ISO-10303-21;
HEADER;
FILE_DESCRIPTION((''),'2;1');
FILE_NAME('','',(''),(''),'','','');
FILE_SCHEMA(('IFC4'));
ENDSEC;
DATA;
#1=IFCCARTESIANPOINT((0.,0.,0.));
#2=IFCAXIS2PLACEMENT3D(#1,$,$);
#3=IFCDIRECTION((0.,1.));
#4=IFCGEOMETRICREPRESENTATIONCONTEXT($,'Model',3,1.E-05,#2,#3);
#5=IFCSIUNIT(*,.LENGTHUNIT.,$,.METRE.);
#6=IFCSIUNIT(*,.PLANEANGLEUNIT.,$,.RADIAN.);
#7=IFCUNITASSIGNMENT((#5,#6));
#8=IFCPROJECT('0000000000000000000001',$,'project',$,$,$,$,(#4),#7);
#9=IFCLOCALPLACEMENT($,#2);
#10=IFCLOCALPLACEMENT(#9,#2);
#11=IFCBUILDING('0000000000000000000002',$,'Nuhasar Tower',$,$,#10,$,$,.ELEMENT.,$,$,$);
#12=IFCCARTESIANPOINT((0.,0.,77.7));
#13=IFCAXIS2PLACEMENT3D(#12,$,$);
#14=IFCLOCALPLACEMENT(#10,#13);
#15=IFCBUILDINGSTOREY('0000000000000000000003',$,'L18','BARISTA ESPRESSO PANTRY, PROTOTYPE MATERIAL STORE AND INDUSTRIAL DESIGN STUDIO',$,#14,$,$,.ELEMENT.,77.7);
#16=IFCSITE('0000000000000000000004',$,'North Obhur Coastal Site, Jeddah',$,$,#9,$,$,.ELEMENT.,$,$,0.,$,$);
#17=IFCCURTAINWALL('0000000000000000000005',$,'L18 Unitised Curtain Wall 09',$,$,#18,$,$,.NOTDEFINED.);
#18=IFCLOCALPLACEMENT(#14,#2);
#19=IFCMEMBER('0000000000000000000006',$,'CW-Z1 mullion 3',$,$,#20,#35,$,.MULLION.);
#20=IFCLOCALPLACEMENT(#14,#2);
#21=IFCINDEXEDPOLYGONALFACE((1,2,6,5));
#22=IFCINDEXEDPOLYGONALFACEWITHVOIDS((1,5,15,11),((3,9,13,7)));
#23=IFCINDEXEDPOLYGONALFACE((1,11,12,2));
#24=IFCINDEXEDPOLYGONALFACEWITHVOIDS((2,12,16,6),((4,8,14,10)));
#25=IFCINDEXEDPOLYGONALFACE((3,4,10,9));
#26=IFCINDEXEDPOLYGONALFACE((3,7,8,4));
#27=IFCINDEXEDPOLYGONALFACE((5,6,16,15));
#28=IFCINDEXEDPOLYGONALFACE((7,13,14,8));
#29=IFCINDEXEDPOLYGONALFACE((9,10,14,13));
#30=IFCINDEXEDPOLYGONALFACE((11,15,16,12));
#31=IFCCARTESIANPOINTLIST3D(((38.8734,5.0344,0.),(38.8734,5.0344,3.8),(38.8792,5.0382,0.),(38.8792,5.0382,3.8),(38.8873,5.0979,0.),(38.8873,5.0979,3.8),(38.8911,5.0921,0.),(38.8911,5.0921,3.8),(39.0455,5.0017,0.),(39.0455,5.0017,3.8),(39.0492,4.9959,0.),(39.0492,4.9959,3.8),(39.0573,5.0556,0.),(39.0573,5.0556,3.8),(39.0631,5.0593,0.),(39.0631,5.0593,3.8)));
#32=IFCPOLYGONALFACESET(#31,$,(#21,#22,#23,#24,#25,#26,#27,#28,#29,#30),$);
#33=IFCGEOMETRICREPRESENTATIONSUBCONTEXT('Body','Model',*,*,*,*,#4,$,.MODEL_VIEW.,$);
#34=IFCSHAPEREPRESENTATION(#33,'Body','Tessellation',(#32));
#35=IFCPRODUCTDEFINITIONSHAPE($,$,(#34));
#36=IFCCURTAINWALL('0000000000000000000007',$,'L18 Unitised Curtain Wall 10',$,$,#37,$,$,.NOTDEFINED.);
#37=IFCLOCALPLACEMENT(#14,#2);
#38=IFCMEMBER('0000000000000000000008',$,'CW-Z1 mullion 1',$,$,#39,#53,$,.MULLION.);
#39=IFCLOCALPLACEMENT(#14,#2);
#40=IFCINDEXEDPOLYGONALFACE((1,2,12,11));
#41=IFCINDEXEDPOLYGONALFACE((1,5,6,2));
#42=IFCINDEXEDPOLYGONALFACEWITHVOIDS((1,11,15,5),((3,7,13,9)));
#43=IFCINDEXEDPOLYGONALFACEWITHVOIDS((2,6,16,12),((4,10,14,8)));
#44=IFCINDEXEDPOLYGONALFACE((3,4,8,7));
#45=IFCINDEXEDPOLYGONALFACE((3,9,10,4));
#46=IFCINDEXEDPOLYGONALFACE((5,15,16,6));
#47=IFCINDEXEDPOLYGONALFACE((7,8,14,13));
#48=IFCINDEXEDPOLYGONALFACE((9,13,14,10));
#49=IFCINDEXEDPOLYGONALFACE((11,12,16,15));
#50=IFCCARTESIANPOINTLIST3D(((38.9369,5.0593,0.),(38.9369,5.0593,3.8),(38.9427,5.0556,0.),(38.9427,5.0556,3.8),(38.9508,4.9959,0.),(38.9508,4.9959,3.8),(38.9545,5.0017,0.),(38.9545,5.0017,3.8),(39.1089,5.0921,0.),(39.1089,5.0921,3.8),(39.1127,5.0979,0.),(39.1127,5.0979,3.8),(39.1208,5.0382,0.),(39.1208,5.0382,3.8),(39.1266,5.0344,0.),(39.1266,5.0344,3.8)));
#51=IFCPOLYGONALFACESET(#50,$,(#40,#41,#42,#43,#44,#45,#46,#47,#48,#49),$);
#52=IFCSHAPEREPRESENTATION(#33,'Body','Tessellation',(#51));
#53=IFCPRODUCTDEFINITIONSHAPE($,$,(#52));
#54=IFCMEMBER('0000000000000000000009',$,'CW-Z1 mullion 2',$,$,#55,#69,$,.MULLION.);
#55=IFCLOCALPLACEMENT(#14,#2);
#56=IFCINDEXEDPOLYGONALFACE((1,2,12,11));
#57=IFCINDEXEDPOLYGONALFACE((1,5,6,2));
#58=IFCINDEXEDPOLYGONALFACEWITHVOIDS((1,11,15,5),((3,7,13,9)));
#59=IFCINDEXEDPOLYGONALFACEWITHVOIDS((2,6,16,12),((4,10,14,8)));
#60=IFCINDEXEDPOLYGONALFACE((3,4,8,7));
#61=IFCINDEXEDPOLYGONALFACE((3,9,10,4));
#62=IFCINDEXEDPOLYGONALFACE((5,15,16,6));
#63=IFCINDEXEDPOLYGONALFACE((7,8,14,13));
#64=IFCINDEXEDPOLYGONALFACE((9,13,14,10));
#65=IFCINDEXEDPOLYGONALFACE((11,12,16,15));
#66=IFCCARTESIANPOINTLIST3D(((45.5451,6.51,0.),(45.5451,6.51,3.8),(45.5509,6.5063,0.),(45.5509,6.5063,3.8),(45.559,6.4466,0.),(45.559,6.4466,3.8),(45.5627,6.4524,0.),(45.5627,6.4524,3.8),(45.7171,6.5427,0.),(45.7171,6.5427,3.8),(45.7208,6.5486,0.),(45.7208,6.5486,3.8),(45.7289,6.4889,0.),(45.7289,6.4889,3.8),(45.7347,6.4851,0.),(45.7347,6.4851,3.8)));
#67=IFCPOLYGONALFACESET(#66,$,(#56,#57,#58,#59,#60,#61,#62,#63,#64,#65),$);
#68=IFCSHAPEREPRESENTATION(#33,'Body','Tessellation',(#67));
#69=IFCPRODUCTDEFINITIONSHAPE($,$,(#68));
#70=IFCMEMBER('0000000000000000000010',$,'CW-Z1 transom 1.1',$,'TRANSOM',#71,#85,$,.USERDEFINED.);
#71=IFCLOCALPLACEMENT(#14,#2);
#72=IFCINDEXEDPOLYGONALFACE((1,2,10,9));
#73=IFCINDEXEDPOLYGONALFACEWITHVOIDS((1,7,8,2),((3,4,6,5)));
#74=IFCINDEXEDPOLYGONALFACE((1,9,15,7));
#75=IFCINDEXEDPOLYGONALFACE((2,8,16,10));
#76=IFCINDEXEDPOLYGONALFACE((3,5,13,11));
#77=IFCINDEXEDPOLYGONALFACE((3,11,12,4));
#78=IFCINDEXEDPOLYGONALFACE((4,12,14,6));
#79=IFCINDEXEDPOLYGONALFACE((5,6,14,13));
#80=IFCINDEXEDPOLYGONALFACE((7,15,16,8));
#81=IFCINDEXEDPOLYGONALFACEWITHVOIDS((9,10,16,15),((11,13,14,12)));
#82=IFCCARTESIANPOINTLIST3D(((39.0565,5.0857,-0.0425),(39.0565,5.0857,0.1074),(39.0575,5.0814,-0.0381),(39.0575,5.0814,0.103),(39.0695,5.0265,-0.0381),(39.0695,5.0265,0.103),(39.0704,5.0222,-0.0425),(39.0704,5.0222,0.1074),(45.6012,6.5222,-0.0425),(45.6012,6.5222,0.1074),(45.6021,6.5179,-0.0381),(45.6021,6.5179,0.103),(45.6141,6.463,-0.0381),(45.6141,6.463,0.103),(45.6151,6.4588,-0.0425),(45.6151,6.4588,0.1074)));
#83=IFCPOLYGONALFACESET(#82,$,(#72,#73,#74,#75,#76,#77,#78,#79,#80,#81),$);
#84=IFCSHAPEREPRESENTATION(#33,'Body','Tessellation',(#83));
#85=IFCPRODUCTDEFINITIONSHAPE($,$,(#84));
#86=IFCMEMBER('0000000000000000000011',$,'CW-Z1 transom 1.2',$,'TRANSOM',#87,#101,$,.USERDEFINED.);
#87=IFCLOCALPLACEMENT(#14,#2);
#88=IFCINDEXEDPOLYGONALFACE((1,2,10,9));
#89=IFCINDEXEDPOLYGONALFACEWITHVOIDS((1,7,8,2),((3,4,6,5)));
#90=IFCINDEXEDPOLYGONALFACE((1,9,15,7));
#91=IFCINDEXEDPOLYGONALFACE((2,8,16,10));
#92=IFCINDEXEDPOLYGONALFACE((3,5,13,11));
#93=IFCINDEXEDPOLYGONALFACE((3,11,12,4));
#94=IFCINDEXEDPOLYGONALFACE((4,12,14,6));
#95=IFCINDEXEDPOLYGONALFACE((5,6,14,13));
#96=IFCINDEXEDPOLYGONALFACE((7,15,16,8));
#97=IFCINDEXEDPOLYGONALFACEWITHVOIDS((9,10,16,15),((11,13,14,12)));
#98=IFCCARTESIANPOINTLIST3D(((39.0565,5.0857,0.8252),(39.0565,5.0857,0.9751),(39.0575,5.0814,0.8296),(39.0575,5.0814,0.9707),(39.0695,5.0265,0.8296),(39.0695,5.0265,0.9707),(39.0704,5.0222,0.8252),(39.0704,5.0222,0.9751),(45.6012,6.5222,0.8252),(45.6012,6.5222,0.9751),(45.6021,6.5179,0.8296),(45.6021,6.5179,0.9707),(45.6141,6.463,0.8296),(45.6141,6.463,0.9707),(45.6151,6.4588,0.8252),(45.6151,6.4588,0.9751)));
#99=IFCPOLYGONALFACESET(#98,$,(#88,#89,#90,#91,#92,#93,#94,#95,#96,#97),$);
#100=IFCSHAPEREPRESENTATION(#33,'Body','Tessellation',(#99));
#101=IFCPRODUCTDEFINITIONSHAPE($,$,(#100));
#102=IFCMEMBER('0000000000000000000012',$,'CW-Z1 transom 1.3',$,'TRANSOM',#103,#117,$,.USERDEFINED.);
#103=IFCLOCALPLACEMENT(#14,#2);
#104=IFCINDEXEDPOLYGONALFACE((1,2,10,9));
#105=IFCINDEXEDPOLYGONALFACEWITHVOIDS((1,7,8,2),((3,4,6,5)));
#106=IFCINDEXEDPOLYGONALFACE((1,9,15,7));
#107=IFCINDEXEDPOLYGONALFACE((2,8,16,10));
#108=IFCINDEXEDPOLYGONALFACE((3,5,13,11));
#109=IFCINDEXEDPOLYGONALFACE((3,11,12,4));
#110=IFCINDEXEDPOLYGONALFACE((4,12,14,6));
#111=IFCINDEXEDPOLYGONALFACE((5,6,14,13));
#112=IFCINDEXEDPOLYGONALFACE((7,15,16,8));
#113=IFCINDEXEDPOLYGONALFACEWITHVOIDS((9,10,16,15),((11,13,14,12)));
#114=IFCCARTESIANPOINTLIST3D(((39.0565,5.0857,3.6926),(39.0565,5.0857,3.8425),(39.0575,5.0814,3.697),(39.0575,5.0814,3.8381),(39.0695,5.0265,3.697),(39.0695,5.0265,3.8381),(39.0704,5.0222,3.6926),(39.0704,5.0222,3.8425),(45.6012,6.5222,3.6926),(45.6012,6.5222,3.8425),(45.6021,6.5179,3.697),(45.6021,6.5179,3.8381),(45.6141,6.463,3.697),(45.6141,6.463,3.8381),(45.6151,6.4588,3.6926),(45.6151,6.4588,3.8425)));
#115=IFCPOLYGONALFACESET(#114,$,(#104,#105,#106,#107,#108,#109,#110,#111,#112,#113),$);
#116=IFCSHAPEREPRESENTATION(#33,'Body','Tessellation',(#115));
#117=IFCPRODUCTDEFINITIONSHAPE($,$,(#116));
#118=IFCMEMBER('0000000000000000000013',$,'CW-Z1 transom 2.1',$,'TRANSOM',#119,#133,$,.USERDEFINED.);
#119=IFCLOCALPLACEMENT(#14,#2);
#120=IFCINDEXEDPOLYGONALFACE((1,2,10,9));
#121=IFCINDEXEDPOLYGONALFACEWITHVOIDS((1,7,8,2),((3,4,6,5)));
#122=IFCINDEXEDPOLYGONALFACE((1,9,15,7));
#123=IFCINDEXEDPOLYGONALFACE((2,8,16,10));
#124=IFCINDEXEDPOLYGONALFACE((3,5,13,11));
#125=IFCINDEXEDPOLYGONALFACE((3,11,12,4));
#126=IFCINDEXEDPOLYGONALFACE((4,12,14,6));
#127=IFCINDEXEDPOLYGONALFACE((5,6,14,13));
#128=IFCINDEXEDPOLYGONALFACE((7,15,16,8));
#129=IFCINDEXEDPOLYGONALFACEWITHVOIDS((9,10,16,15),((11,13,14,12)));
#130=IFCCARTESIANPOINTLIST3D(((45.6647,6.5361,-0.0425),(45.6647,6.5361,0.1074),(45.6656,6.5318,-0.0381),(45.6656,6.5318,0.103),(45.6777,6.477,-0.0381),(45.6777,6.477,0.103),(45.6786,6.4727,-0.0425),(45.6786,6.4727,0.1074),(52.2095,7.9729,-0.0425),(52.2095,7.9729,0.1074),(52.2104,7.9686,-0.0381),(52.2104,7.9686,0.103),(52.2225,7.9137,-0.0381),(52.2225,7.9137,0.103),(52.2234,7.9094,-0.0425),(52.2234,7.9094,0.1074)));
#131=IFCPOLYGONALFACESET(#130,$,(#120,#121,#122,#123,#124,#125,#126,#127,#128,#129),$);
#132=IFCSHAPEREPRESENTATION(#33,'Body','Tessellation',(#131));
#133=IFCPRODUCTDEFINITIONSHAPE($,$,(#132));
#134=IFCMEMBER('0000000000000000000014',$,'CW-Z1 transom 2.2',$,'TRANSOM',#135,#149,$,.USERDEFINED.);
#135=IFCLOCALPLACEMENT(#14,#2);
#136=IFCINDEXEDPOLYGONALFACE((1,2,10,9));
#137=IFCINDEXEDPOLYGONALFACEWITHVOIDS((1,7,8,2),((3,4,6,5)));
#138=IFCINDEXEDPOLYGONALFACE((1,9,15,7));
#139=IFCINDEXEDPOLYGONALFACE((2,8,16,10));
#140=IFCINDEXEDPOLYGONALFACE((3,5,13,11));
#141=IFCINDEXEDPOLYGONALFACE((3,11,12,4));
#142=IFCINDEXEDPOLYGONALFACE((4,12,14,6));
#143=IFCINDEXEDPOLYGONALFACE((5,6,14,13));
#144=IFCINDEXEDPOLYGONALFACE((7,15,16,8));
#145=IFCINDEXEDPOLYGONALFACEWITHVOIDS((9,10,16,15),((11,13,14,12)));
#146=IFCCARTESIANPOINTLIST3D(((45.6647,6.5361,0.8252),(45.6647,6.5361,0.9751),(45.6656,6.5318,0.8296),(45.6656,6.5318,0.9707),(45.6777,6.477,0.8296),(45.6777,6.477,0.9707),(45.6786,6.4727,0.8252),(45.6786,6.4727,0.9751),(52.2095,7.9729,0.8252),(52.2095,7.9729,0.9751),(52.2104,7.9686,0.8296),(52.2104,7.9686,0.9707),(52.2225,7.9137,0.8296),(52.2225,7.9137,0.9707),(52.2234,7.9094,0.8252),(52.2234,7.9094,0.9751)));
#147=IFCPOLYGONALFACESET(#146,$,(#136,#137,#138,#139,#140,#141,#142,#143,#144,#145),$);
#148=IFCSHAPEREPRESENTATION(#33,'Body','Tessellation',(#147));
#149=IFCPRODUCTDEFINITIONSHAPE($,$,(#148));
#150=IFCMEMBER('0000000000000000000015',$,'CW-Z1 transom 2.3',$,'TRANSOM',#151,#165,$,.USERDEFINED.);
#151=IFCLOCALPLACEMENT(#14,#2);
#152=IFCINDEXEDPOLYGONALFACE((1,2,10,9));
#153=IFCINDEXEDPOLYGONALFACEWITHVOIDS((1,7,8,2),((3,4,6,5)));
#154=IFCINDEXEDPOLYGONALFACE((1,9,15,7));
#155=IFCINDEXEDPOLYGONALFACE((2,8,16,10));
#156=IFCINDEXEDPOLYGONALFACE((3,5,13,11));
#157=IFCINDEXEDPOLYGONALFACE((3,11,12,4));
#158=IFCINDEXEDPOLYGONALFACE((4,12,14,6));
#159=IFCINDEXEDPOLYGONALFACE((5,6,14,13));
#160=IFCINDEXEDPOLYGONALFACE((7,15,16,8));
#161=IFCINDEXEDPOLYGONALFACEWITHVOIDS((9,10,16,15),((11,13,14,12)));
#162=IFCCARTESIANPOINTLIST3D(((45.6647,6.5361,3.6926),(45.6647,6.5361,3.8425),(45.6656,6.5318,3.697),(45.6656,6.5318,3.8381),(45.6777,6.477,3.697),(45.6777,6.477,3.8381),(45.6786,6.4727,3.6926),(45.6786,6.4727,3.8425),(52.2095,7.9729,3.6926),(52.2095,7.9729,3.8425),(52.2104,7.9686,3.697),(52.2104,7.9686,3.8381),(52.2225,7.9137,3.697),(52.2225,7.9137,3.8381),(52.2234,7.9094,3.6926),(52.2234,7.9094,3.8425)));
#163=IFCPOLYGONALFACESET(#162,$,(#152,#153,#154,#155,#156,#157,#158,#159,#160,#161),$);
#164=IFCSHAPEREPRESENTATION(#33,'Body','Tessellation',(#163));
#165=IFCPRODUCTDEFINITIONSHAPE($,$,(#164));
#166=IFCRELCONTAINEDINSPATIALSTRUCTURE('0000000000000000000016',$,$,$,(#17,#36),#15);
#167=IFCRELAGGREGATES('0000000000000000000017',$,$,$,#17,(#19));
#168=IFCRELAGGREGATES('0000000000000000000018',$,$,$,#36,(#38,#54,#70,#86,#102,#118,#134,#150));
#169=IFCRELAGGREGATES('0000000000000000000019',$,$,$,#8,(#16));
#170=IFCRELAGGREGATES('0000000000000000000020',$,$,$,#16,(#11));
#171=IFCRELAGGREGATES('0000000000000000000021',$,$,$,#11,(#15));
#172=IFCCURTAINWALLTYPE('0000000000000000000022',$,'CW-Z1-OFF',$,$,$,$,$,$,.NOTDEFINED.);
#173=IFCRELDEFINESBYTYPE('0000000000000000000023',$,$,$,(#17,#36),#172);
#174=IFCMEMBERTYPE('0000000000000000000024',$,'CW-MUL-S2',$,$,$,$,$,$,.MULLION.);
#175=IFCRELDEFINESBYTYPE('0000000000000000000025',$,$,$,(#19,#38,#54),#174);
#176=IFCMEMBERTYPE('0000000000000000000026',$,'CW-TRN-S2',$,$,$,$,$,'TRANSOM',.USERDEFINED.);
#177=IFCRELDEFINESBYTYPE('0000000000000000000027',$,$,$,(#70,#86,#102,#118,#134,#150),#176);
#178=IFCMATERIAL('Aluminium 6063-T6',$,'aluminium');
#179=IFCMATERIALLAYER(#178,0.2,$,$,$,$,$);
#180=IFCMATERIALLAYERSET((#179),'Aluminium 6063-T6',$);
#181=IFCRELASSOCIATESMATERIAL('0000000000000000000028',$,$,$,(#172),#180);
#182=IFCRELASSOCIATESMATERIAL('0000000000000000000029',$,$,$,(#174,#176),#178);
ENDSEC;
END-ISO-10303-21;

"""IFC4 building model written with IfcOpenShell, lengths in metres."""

from ifc_helpers import new_model, si_unit, direction, frame, origin, origin_2d, place, context, subcontext, project, spatial, hollow_rectangle, extrude, material, layer, layer_set, material_profile, profile_set, type_object, element, aggregate, save


model = new_model("IFC4")

# Units and contexts
model_context = context("Model", 3, precision=1e-05, world=origin(), true_north=direction((0.0, 1.0)))
body_context = subcontext(model_context, "Body", "Model", "MODEL_VIEW")
ifc_project = project(units=[si_unit("LENGTHUNIT", "METRE"), si_unit("PLANEANGLEUNIT", "RADIAN")], contexts=[model_context])

# Site, building, storey
site_placement = place(None, origin())
site = spatial("IfcSite", under=ifc_project, at=site_placement, Name="North Obhur Coastal Site, Jeddah", CompositionType="ELEMENT", RefElevation=0.0)
building_placement = place(site_placement, origin())
building = spatial("IfcBuilding", under=site, at=building_placement, Name="Nuhasar Tower", CompositionType="ELEMENT")
storey_placement = place(building_placement, frame((0.0, 0.0, 77.7)))
storey = spatial("IfcBuildingStorey", under=building, at=storey_placement, Name="L18", Description="BARISTA ESPRESSO PANTRY, PROTOTYPE MATERIAL STORE AND INDUSTRIAL DESIGN STUDIO", CompositionType="ELEMENT", Elevation=77.7)

# Curtain wall, member
ifc_material_1 = material(Name="Aluminium 6063-T6", Category="aluminium")
ifc_layer_1 = layer(ifc_material_1, 0.2)
ifc_layer_set_1 = layer_set([ifc_layer_1], Name="Aluminium 6063-T6")
curtain_wall_type = type_object("IfcCurtainWallType", Name="CW-Z1-OFF", PredefinedType="NOTDEFINED", material=ifc_layer_set_1)
curtain_wall_1_placement = place(storey_placement, origin())
curtain_wall_1 = element("IfcCurtainWall", 1, at=curtain_wall_1_placement, inside=storey, type_object=curtain_wall_type, Name="L18 Unitised Curtain Wall 09", PredefinedType="NOTDEFINED")
ifc_material_profile_1 = material_profile(ifc_material_1, hollow_rectangle(XDim=0.0649, YDim=0.1799, WallThickness=0.0049, at=origin_2d()), Name="CWM-2")
ifc_profile_set_1 = profile_set([ifc_material_profile_1], Name="Aluminium 6063-T6")
member_type_1 = type_object("IfcMemberType", Name="CW-MUL-S2", PredefinedType="MULLION", material=ifc_profile_set_1)
member_1_placement = place(storey_placement, frame((38.9683, 5.0469, 0.0), z_axis=(0.0, 0.0, 1.0), x_axis=(0.214399, 0.976746, 0.0)))
member_1 = element("IfcMember", 2, at=member_1_placement, type_object=member_type_1, Name="CW-Z1 mullion 3", PredefinedType="MULLION", context=body_context, shape_type="SweptSolid", body=[
    extrude(hollow_rectangle(XDim=0.0649, YDim=0.1799, WallThickness=0.0049, at=origin_2d()), origin(), (0.0, 0.0, 1.0), 3.8),
])
aggregate(curtain_wall_1, [member_1])

# Curtain wall, members
curtain_wall_2_placement = place(storey_placement, origin())
curtain_wall_2 = element("IfcCurtainWall", 3, at=curtain_wall_2_placement, inside=storey, type_object=curtain_wall_type, Name="L18 Unitised Curtain Wall 10", PredefinedType="NOTDEFINED")
member_2_placement = place(storey_placement, frame((39.0317, 5.0469, 0.0), z_axis=(0.0, 0.0, 1.0), x_axis=(-0.214399, 0.976746, 0.0)))
member_2 = element("IfcMember", 4, at=member_2_placement, type_object=member_type_1, Name="CW-Z1 mullion 1", PredefinedType="MULLION", context=body_context, shape_type="SweptSolid", body=[
    extrude(hollow_rectangle(XDim=0.0649, YDim=0.1799, WallThickness=0.0049, at=origin_2d()), origin(), (0.0, 0.0, 1.0), 3.8),
])
member_3_placement = place(storey_placement, frame((45.6399, 6.4976, 0.0), z_axis=(0.0, 0.0, 1.0), x_axis=(-0.214399, 0.976746, 0.0)))
member_3 = element("IfcMember", 5, at=member_3_placement, type_object=member_type_1, Name="CW-Z1 mullion 2", PredefinedType="MULLION", context=body_context, shape_type="SweptSolid", body=[
    extrude(hollow_rectangle(XDim=0.0649, YDim=0.1799, WallThickness=0.0049, at=origin_2d()), origin(), (0.0, 0.0, 1.0), 3.8),
])
ifc_material_profile_2 = material_profile(ifc_material_1, hollow_rectangle(XDim=0.0649, YDim=0.1499, WallThickness=0.0044, at=origin_2d()), Name="CWT-2")
ifc_profile_set_2 = profile_set([ifc_material_profile_2], Name="Aluminium 6063-T6")
member_type_2 = type_object("IfcMemberType", Name="CW-TRN-S2", ElementType="TRANSOM", PredefinedType="USERDEFINED", material=ifc_profile_set_2)
member_4_placement = place(storey_placement, frame((39.0635, 5.054, 0.0325), z_axis=(0.976748, 0.214391, 0.0), x_axis=(-0.214391, 0.976748, 0.0)))
member_4 = element("IfcMember", 6, at=member_4_placement, type_object=member_type_2, Name="CW-Z1 transom 1.1", ObjectType="TRANSOM", PredefinedType="USERDEFINED", context=body_context, shape_type="SweptSolid", body=[
    extrude(hollow_rectangle(XDim=0.0649, YDim=0.1499, WallThickness=0.0044, at=origin_2d()), origin(), (0.0, 0.0, 1.0), 6.7004),
])
member_5_placement = place(storey_placement, frame((39.0635, 5.054, 0.9001), z_axis=(0.976748, 0.214391, 0.0), x_axis=(-0.214391, 0.976748, 0.0)))
member_5 = element("IfcMember", 7, at=member_5_placement, type_object=member_type_2, Name="CW-Z1 transom 1.2", ObjectType="TRANSOM", PredefinedType="USERDEFINED", context=body_context, shape_type="SweptSolid", body=[
    extrude(hollow_rectangle(XDim=0.0649, YDim=0.1499, WallThickness=0.0044, at=origin_2d()), origin(), (0.0, 0.0, 1.0), 6.7004),
])
member_6_placement = place(storey_placement, frame((39.0635, 5.054, 3.7676), z_axis=(0.976748, 0.214391, 0.0), x_axis=(-0.214391, 0.976748, 0.0)))
member_6 = element("IfcMember", 8, at=member_6_placement, type_object=member_type_2, Name="CW-Z1 transom 1.3", ObjectType="TRANSOM", PredefinedType="USERDEFINED", context=body_context, shape_type="SweptSolid", body=[
    extrude(hollow_rectangle(XDim=0.0649, YDim=0.1499, WallThickness=0.0044, at=origin_2d()), origin(), (0.0, 0.0, 1.0), 6.7004),
])
member_7_placement = place(storey_placement, frame((45.6716, 6.5044, 0.0325), z_axis=(0.976742, 0.214418, 0.0), x_axis=(-0.214418, 0.976742, 0.0)))
member_7 = element("IfcMember", 9, at=member_7_placement, type_object=member_type_2, Name="CW-Z1 transom 2.1", ObjectType="TRANSOM", PredefinedType="USERDEFINED", context=body_context, shape_type="SweptSolid", body=[
    extrude(hollow_rectangle(XDim=0.0649, YDim=0.1499, WallThickness=0.0044, at=origin_2d()), origin(), (0.0, 0.0, 1.0), 6.7007),
])
member_8_placement = place(storey_placement, frame((45.6716, 6.5044, 0.9001), z_axis=(0.976742, 0.214418, 0.0), x_axis=(-0.214418, 0.976742, 0.0)))
member_8 = element("IfcMember", 10, at=member_8_placement, type_object=member_type_2, Name="CW-Z1 transom 2.2", ObjectType="TRANSOM", PredefinedType="USERDEFINED", context=body_context, shape_type="SweptSolid", body=[
    extrude(hollow_rectangle(XDim=0.0649, YDim=0.1499, WallThickness=0.0044, at=origin_2d()), origin(), (0.0, 0.0, 1.0), 6.7007),
])
member_9_placement = place(storey_placement, frame((45.6716, 6.5044, 3.7676), z_axis=(0.976742, 0.214418, 0.0), x_axis=(-0.214418, 0.976742, 0.0)))
member_9 = element("IfcMember", 11, at=member_9_placement, type_object=member_type_2, Name="CW-Z1 transom 2.3", ObjectType="TRANSOM", PredefinedType="USERDEFINED", context=body_context, shape_type="SweptSolid", body=[
    extrude(hollow_rectangle(XDim=0.0649, YDim=0.1499, WallThickness=0.0044, at=origin_2d()), origin(), (0.0, 0.0, 1.0), 6.7007),
])

aggregate(curtain_wall_2, [member_2, member_3, member_4, member_5, member_6, member_7, member_8, member_9])

save(model, "model.ifc")
